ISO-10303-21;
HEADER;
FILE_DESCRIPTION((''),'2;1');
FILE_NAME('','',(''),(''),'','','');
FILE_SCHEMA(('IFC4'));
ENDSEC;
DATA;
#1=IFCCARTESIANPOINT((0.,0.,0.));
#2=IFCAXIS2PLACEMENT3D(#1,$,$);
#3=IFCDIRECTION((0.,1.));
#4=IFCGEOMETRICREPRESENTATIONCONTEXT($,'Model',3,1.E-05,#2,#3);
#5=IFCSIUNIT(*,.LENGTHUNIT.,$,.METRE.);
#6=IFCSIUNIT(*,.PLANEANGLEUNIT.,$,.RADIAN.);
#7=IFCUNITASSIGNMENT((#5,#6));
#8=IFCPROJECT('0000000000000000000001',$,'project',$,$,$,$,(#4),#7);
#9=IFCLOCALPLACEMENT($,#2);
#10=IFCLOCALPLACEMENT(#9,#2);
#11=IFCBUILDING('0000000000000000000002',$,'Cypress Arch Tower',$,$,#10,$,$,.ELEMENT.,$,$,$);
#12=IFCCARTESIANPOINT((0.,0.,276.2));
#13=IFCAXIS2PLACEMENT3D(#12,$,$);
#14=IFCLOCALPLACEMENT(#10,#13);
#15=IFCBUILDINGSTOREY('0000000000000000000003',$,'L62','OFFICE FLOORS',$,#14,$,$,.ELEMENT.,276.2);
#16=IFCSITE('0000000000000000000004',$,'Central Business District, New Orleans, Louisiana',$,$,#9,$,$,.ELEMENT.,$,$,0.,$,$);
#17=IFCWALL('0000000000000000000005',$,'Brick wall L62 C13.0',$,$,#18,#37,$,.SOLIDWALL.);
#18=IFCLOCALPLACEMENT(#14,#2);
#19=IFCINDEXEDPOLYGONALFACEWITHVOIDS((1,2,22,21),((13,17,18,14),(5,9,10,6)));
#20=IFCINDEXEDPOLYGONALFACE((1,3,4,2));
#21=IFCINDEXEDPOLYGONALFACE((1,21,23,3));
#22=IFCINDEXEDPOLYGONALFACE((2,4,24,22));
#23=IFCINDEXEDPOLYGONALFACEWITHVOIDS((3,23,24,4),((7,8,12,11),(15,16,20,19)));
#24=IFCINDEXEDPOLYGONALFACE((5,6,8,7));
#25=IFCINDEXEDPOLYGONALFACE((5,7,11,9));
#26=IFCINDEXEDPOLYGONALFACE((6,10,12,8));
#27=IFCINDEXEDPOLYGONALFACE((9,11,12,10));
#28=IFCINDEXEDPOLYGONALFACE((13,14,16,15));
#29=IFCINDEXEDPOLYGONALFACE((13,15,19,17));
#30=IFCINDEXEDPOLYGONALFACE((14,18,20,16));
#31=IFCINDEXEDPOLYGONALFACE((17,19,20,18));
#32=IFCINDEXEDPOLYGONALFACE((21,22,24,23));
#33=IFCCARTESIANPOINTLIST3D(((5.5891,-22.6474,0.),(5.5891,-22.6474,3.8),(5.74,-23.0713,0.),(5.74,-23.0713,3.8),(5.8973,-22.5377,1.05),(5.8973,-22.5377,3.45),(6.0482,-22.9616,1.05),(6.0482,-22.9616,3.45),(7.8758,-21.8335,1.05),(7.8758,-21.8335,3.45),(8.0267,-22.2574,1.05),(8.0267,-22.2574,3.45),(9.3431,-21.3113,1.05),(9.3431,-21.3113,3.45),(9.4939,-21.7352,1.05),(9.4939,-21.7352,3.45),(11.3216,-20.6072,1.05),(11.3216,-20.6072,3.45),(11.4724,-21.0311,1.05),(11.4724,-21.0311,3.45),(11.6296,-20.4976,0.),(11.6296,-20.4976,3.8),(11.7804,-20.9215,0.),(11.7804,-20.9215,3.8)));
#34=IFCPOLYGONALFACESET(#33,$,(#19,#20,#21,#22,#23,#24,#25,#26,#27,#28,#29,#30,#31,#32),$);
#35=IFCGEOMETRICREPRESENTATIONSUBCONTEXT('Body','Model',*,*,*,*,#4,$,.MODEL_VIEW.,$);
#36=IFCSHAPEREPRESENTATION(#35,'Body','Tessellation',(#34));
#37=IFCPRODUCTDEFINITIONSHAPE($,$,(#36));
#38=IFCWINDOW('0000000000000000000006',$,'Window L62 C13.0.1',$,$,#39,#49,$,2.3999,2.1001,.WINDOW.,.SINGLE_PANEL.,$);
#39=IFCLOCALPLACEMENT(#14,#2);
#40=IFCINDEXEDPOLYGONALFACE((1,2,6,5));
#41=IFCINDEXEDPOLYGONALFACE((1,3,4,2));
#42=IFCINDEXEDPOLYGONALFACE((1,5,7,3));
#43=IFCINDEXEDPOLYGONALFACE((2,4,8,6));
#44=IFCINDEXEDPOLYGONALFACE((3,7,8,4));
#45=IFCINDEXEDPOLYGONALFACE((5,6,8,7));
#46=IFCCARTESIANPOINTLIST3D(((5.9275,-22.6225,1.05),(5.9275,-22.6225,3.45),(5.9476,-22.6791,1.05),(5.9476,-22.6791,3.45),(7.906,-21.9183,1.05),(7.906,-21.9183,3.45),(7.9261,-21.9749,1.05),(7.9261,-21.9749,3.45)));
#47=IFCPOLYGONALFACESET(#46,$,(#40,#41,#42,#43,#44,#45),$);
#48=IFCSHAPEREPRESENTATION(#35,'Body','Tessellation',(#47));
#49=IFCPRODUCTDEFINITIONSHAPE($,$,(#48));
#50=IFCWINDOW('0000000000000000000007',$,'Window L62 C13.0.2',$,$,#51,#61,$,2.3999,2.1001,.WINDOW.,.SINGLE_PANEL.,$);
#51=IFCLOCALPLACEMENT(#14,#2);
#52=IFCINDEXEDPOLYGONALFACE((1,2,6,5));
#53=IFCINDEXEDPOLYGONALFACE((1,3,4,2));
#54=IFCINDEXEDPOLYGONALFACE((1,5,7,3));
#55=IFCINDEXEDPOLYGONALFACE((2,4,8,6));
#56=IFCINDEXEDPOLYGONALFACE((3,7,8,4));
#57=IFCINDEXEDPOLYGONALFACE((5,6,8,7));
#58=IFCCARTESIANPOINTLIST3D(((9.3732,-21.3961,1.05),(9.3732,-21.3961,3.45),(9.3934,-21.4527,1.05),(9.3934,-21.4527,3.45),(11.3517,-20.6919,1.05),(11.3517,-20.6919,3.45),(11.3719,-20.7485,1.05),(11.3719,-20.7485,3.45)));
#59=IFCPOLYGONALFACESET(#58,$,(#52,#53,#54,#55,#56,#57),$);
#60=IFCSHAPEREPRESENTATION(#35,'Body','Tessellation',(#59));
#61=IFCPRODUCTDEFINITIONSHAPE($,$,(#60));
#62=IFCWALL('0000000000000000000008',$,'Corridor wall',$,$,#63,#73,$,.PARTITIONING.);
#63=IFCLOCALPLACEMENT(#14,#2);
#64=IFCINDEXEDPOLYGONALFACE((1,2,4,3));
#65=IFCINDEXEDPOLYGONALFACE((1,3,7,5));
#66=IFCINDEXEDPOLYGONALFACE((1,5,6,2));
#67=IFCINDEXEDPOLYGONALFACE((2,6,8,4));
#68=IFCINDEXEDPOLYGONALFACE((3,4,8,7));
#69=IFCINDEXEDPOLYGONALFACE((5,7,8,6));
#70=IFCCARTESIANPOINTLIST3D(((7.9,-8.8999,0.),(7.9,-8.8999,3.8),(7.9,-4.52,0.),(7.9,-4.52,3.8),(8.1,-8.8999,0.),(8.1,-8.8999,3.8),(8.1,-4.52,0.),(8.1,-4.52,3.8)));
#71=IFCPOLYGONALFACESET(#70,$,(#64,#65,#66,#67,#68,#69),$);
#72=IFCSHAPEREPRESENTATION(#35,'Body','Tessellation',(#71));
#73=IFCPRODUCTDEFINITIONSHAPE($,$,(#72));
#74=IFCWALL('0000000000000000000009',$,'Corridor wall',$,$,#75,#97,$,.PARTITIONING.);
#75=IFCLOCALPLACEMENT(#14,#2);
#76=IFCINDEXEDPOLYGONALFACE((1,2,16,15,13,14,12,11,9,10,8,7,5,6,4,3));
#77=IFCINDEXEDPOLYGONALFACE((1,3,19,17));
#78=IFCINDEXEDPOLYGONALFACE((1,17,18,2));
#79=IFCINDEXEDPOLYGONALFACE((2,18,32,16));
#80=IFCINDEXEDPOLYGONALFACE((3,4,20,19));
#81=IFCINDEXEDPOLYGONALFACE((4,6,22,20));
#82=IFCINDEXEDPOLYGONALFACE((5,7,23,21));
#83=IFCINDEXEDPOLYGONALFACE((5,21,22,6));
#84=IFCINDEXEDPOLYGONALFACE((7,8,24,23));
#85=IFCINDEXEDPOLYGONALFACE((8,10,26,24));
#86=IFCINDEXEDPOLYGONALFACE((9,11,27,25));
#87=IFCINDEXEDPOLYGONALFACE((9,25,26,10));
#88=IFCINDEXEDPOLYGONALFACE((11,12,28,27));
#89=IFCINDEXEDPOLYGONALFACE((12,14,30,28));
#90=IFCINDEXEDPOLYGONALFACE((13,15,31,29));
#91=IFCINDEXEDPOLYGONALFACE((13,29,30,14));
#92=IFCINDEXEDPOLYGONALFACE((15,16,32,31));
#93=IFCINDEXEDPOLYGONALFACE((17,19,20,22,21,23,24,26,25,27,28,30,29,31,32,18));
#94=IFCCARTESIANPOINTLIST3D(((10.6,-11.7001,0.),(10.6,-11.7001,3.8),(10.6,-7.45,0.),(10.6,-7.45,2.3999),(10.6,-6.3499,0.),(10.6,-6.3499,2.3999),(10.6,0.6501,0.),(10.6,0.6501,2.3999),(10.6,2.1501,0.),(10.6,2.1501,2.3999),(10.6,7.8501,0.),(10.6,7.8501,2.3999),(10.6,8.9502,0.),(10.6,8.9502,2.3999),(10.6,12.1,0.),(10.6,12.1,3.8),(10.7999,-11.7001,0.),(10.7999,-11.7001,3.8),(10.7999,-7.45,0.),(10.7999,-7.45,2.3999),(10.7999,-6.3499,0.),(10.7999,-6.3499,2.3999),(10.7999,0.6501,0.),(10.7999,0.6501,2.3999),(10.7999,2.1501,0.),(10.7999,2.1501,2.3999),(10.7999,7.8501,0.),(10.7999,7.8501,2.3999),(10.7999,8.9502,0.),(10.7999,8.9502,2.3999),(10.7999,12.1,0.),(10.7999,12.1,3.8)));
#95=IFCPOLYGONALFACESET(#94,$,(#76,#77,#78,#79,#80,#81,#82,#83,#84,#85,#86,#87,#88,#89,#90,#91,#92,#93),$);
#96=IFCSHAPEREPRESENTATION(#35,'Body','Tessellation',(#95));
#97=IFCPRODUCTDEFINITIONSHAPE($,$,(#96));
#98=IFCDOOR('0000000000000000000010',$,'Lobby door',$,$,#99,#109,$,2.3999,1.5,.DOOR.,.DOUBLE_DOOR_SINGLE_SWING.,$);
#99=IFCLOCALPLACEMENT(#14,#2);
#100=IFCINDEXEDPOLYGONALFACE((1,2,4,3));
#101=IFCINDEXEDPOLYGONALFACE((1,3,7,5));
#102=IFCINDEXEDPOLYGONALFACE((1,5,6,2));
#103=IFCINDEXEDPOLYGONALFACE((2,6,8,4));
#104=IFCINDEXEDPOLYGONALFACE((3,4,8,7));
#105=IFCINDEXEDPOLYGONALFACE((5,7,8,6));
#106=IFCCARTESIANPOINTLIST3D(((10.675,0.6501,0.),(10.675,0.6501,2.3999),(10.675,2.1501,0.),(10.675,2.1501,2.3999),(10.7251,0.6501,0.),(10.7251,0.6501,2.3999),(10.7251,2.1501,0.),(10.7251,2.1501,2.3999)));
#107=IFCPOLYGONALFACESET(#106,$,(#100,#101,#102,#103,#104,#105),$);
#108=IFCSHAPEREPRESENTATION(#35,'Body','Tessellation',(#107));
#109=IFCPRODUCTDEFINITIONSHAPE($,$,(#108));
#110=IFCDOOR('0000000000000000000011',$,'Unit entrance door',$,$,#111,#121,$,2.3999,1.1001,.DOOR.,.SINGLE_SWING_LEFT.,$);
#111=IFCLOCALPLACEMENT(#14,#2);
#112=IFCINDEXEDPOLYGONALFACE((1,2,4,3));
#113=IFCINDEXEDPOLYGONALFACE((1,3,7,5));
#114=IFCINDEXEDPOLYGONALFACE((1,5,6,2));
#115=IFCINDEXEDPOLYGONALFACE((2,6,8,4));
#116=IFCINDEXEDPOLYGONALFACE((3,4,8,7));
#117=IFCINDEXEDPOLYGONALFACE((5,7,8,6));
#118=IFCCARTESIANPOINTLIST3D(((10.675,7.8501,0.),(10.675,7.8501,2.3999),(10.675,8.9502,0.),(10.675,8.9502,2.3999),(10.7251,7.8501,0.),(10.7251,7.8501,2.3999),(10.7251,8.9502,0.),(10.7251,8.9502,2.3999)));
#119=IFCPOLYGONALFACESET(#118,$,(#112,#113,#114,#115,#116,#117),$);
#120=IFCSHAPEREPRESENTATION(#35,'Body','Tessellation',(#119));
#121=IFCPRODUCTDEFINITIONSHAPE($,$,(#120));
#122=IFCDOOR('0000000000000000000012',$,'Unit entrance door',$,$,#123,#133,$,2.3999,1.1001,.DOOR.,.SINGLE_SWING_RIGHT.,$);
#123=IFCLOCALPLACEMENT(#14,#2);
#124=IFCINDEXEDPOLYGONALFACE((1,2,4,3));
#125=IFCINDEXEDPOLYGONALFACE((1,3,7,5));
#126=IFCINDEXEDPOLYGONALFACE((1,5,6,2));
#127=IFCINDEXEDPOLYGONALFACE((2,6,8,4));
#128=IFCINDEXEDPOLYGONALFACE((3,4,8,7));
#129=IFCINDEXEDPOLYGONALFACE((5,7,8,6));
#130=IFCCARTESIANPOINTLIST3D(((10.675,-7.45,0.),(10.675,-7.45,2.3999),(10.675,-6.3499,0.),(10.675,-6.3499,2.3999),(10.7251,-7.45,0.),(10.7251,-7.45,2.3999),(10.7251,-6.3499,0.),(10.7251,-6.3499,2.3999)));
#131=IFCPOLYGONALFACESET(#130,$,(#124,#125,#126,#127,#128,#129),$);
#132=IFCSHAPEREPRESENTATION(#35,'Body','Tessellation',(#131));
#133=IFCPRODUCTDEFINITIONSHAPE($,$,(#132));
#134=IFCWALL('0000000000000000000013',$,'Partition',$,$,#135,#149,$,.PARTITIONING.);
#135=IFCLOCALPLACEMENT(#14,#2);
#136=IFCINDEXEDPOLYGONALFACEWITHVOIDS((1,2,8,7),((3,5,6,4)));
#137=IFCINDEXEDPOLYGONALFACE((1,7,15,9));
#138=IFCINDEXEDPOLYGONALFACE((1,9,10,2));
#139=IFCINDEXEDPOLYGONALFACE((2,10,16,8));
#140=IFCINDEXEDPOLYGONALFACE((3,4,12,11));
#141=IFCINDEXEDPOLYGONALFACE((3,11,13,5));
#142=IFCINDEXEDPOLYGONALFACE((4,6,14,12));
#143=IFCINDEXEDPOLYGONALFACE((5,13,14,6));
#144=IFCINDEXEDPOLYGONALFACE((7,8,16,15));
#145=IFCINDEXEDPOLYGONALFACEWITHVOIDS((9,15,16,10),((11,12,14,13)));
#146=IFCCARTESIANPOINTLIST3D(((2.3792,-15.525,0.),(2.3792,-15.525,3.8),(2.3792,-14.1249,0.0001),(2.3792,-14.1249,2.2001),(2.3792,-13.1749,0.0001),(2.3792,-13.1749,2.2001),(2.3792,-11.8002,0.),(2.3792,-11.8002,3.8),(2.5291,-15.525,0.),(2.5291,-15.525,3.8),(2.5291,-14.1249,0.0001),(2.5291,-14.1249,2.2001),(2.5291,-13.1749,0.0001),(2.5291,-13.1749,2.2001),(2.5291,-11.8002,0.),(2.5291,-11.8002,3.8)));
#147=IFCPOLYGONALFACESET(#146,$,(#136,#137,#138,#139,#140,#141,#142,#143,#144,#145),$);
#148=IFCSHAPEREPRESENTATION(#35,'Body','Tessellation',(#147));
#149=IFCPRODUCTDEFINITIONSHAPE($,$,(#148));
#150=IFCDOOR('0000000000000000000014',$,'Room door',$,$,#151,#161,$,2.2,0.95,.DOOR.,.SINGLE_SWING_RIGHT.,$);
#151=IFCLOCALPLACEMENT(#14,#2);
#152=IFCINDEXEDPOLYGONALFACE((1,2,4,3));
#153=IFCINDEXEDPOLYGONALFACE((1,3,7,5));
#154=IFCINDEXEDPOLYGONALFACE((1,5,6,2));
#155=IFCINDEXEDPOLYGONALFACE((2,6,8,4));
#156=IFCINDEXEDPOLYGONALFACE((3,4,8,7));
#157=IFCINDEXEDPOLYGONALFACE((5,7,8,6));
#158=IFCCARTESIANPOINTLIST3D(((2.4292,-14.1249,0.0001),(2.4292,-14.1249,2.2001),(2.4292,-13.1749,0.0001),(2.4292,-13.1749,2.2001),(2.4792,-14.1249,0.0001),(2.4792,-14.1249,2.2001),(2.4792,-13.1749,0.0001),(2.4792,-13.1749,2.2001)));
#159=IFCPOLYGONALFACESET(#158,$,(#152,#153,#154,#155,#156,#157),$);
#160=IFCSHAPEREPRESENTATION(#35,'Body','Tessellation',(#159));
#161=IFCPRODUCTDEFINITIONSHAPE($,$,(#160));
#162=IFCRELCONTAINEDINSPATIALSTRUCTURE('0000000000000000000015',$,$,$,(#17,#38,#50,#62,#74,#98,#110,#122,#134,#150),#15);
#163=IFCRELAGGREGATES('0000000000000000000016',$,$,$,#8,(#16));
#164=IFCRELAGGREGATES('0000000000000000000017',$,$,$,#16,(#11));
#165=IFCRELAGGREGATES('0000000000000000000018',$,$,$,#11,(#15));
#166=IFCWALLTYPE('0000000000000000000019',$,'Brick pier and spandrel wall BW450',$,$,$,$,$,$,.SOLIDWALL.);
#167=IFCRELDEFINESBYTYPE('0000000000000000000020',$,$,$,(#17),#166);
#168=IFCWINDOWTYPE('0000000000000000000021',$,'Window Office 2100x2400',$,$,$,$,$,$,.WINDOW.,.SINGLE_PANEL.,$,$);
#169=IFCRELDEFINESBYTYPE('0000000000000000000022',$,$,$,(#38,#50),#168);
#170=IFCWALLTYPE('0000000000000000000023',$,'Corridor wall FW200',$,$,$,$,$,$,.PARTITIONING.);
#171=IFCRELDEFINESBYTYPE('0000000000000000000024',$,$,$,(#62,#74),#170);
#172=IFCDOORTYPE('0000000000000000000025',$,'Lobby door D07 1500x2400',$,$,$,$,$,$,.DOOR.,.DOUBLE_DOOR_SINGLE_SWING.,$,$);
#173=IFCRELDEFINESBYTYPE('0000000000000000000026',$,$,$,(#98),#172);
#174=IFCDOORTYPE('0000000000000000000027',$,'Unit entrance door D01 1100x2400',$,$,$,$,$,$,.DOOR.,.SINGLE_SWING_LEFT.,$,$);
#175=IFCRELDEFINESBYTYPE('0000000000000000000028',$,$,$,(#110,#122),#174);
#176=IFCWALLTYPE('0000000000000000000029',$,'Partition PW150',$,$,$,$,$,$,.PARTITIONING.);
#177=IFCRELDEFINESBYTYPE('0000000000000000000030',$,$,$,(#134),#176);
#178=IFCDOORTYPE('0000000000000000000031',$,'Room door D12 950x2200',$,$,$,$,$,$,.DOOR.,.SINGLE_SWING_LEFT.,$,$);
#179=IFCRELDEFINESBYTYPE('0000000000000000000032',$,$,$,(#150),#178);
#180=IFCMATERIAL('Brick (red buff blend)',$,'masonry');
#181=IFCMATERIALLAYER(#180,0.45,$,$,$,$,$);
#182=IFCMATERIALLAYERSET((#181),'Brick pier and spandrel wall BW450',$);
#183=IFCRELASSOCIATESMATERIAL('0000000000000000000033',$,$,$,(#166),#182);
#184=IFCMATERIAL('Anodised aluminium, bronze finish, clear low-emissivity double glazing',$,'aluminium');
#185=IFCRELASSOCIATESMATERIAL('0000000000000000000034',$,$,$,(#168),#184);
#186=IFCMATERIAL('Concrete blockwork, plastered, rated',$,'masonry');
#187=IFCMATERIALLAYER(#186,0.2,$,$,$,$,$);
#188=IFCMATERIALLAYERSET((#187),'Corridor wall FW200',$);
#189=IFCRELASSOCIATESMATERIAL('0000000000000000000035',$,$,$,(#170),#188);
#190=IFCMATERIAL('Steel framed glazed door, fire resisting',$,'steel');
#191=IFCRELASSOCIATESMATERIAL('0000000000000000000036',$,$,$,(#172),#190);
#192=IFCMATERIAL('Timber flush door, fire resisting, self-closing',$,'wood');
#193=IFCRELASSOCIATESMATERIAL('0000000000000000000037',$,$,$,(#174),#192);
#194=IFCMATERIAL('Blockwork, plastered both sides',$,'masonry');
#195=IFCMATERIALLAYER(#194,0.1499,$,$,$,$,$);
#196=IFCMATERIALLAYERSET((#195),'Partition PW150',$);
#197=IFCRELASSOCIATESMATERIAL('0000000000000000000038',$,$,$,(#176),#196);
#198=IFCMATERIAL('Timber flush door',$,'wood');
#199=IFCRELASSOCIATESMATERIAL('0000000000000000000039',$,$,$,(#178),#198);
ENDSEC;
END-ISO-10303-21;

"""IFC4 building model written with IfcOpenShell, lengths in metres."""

from ifc_helpers import new_model, si_unit, direction, frame, frame_2d, origin, place, context, subcontext, project, spatial, rectangle, extrude, material, layer, layer_set, type_object, element, fill, save


model = new_model("IFC4")

# Units and contexts
model_context = context("Model", 3, precision=1e-05, world=origin(), true_north=direction((0.0, 1.0)))
body_context = subcontext(model_context, "Body", "Model", "MODEL_VIEW")
ifc_project = project(units=[si_unit("LENGTHUNIT", "METRE"), si_unit("PLANEANGLEUNIT", "RADIAN")], contexts=[model_context])

# Site, building, storey
site_placement = place(None, origin())
site = spatial("IfcSite", under=ifc_project, at=site_placement, Name="Central Business District, New Orleans, Louisiana", CompositionType="ELEMENT", RefElevation=0.0)
building_placement = place(site_placement, origin())
building = spatial("IfcBuilding", under=site, at=building_placement, Name="Cypress Arch Tower", CompositionType="ELEMENT")
storey_placement = place(building_placement, frame((0.0, 0.0, 276.2)))
storey = spatial("IfcBuildingStorey", under=building, at=storey_placement, Name="L62", Description="OFFICE FLOORS", CompositionType="ELEMENT", Elevation=276.2)

# Wall, openings, windows
ifc_material_1 = material(Name="Brick (red buff blend)", Category="masonry")
ifc_layer_1 = layer(ifc_material_1, 0.45)
ifc_layer_set_1 = layer_set([ifc_layer_1], Name="Brick pier and spandrel wall BW450")
wall_type_1 = type_object("IfcWallType", Name="Brick pier and spandrel wall BW450", PredefinedType="SOLIDWALL", material=ifc_layer_set_1)
wall_1_placement = place(storey_placement, frame((5.6646, -22.8594, 0.0), z_axis=(0.0, 0.0, 1.0), x_axis=(0.942108, 0.335309, 0.0)))
wall_1 = element("IfcWall", 1, at=wall_1_placement, inside=storey, type_object=wall_type_1, Name="Brick wall L62 C13.0", PredefinedType="SOLIDWALL", context=body_context, shape_type="SweptSolid", body=[
    extrude(rectangle(XDim=6.4116, YDim=0.45, at=frame_2d((3.2058, 0.0))), origin(), (0.0, 0.0, 1.0), 3.8),
])
opening_1_placement = place(wall_1_placement, frame((0.3271, 0.0, 1.05)))
opening_1 = element("IfcOpeningElement", 2, at=opening_1_placement, cuts=wall_1, PredefinedType="OPENING", context=body_context, shape_type="SweptSolid", body=[
    extrude(rectangle(XDim=2.1001, YDim=2.3999, at=frame_2d((1.05, 1.2))), frame((0.0, 0.2349, 0.0), z_axis=(0.0, -1.0, 0.0), x_axis=(1.0, 0.0, 0.0)), (0.0, 0.0, 1.0), 0.47),
])
opening_2_placement = place(wall_1_placement, frame((3.9846, 0.0, 1.05)))
opening_2 = element("IfcOpeningElement", 3, at=opening_2_placement, cuts=wall_1, PredefinedType="OPENING", context=body_context, shape_type="SweptSolid", body=[
    extrude(rectangle(XDim=2.1001, YDim=2.3999, at=frame_2d((1.05, 1.2))), frame((0.0, 0.2349, 0.0), z_axis=(0.0, -1.0, 0.0), x_axis=(1.0, 0.0, 0.0)), (0.0, 0.0, 1.0), 0.47),
])
ifc_material_2 = material(Name="Anodised aluminium, bronze finish, clear low-emissivity double glazing", Category="aluminium")
window_type = type_object("IfcWindowType", Name="Window Office 2100x2400", PartitioningType="SINGLE_PANEL", PredefinedType="WINDOW", material=ifc_material_2)
window_1_placement = place(opening_1_placement, origin())
window_1 = element("IfcWindow", 4, at=window_1_placement, inside=storey, type_object=window_type, Name="Window L62 C13.0.1", OverallHeight=2.3999, OverallWidth=2.1001, PartitioningType="SINGLE_PANEL", PredefinedType="WINDOW", context=body_context, shape_type="SweptSolid", body=[
    extrude(rectangle(XDim=2.1001, YDim=2.3999, at=frame_2d((1.05, 1.2))), frame((0.0, 0.135, 0.0), z_axis=(0.0, -1.0, 0.0), x_axis=(1.0, 0.0, 0.0)), (0.0, 0.0, 1.0), 0.0601),
])
fill(opening_1, window_1)
window_2_placement = place(opening_2_placement, origin())
window_2 = element("IfcWindow", 5, at=window_2_placement, inside=storey, type_object=window_type, Name="Window L62 C13.0.2", OverallHeight=2.3999, OverallWidth=2.1001, PartitioningType="SINGLE_PANEL", PredefinedType="WINDOW", context=body_context, shape_type="SweptSolid", body=[
    extrude(rectangle(XDim=2.1001, YDim=2.3999, at=frame_2d((1.05, 1.2))), frame((0.0, 0.135, 0.0), z_axis=(0.0, -1.0, 0.0), x_axis=(1.0, 0.0, 0.0)), (0.0, 0.0, 1.0), 0.0601),
])
fill(opening_2, window_2)

# Wall
ifc_material_3 = material(Name="Concrete blockwork, plastered, rated", Category="masonry")
ifc_layer_2 = layer(ifc_material_3, 0.2)
ifc_layer_set_2 = layer_set([ifc_layer_2], Name="Corridor wall FW200")
wall_type_2 = type_object("IfcWallType", Name="Corridor wall FW200", PredefinedType="PARTITIONING", material=ifc_layer_set_2)
wall_2_placement = place(storey_placement, frame((8.0, -8.8999, 0.0), z_axis=(0.0, 0.0, 1.0), x_axis=(0.0, 1.0, 0.0)))
element("IfcWall", 6, at=wall_2_placement, inside=storey, type_object=wall_type_2, Name="Corridor wall", PredefinedType="PARTITIONING", context=body_context, shape_type="SweptSolid", body=[
    extrude(rectangle(XDim=4.3799, YDim=0.2, at=frame_2d((2.1899, 0.0))), origin(), (0.0, 0.0, 1.0), 3.8),
])

# Wall, openings, doors
wall_3_placement = place(storey_placement, frame((10.7, -11.7, 0.0), z_axis=(0.0, 0.0, 1.0), x_axis=(0.0, 1.0, 0.0)))
wall_3 = element("IfcWall", 7, at=wall_3_placement, inside=storey, type_object=wall_type_2, Name="Corridor wall", PredefinedType="PARTITIONING", context=body_context, shape_type="SweptSolid", body=[
    extrude(rectangle(XDim=23.8, YDim=0.2, at=frame_2d((11.8999, 0.0))), origin(), (0.0, 0.0, 1.0), 3.8),
])
opening_3_placement = place(wall_3_placement, frame((12.3501, 0.0, 0.0)))
opening_3 = element("IfcOpeningElement", 8, at=opening_3_placement, cuts=wall_3, PredefinedType="OPENING", context=body_context, shape_type="SweptSolid", body=[
    extrude(rectangle(XDim=1.5, YDim=2.3999, at=frame_2d((0.75, 1.2))), frame((0.0, 0.1099, 0.0), z_axis=(0.0, -1.0, 0.0), x_axis=(1.0, 0.0, 0.0)), (0.0, 0.0, 1.0), 0.22),
])
opening_4_placement = place(wall_3_placement, frame((19.55, 0.0, 0.0)))
opening_4 = element("IfcOpeningElement", 9, at=opening_4_placement, cuts=wall_3, PredefinedType="OPENING", context=body_context, shape_type="SweptSolid", body=[
    extrude(rectangle(XDim=1.1001, YDim=2.3999, at=frame_2d((0.55, 1.2))), frame((0.0, 0.1099, 0.0), z_axis=(0.0, -1.0, 0.0), x_axis=(1.0, 0.0, 0.0)), (0.0, 0.0, 1.0), 0.22),
])
opening_5_placement = place(wall_3_placement, frame((4.25, 0.0, 0.0)))
opening_5 = element("IfcOpeningElement", 10, at=opening_5_placement, cuts=wall_3, PredefinedType="OPENING", context=body_context, shape_type="SweptSolid", body=[
    extrude(rectangle(XDim=1.1001, YDim=2.3999, at=frame_2d((0.55, 1.2))), frame((0.0, 0.1099, 0.0), z_axis=(0.0, -1.0, 0.0), x_axis=(1.0, 0.0, 0.0)), (0.0, 0.0, 1.0), 0.22),
])
ifc_material_4 = material(Name="Steel framed glazed door, fire resisting", Category="steel")
door_type_1 = type_object("IfcDoorType", Name="Lobby door D07 1500x2400", OperationType="DOUBLE_DOOR_SINGLE_SWING", PredefinedType="DOOR", material=ifc_material_4)
door_1_placement = place(opening_3_placement, origin())
door_1 = element("IfcDoor", 11, at=door_1_placement, inside=storey, type_object=door_type_1, Name="Lobby door", OperationType="DOUBLE_DOOR_SINGLE_SWING", OverallHeight=2.3999, OverallWidth=1.5, PredefinedType="DOOR", context=body_context, shape_type="SweptSolid", body=[
    extrude(rectangle(XDim=1.5, YDim=2.3999, at=frame_2d((0.75, 1.2))), frame((0.0, 0.0249, 0.0), z_axis=(0.0, -1.0, 0.0), x_axis=(1.0, 0.0, 0.0)), (0.0, 0.0, 1.0), 0.05),
])
fill(opening_3, door_1)
ifc_material_5 = material(Name="Timber flush door, fire resisting, self-closing", Category="wood")
door_type_2 = type_object("IfcDoorType", Name="Unit entrance door D01 1100x2400", OperationType="SINGLE_SWING_LEFT", PredefinedType="DOOR", material=ifc_material_5)
door_2_placement = place(opening_4_placement, origin())
door_2 = element("IfcDoor", 12, at=door_2_placement, inside=storey, type_object=door_type_2, Name="Unit entrance door", OperationType="SINGLE_SWING_LEFT", OverallHeight=2.3999, OverallWidth=1.1001, PredefinedType="DOOR", context=body_context, shape_type="SweptSolid", body=[
    extrude(rectangle(XDim=1.1001, YDim=2.3999, at=frame_2d((0.55, 1.2))), frame((0.0, 0.0249, 0.0), z_axis=(0.0, -1.0, 0.0), x_axis=(1.0, 0.0, 0.0)), (0.0, 0.0, 1.0), 0.05),
])
fill(opening_4, door_2)
door_3_placement = place(opening_5_placement, origin())
door_3 = element("IfcDoor", 13, at=door_3_placement, inside=storey, type_object=door_type_2, Name="Unit entrance door", OperationType="SINGLE_SWING_RIGHT", OverallHeight=2.3999, OverallWidth=1.1001, PredefinedType="DOOR", context=body_context, shape_type="SweptSolid", body=[
    extrude(rectangle(XDim=1.1001, YDim=2.3999, at=frame_2d((0.55, 1.2))), frame((0.0, 0.0249, 0.0), z_axis=(0.0, -1.0, 0.0), x_axis=(1.0, 0.0, 0.0)), (0.0, 0.0, 1.0), 0.05),
])
fill(opening_5, door_3)

# Wall, opening, door
ifc_material_6 = material(Name="Blockwork, plastered both sides", Category="masonry")
ifc_layer_3 = layer(ifc_material_6, 0.1499)
ifc_layer_set_3 = layer_set([ifc_layer_3], Name="Partition PW150")
wall_type_3 = type_object("IfcWallType", Name="Partition PW150", PredefinedType="PARTITIONING", material=ifc_layer_set_3)
wall_4_placement = place(storey_placement, frame((2.4541, -15.5249, 0.0), z_axis=(0.0, 0.0, 1.0), x_axis=(0.0, 1.0, 0.0)))
wall_4 = element("IfcWall", 14, at=wall_4_placement, inside=storey, type_object=wall_type_3, Name="Partition", PredefinedType="PARTITIONING", context=body_context, shape_type="SweptSolid", body=[
    extrude(rectangle(XDim=3.7249, YDim=0.1499, at=frame_2d((1.8623, 0.0))), origin(), (0.0, 0.0, 1.0), 3.8),
])
opening_6_placement = place(wall_4_placement, frame((1.3999, 0.0, 0.0)))
opening_6 = element("IfcOpeningElement", 15, at=opening_6_placement, cuts=wall_4, PredefinedType="OPENING", context=body_context, shape_type="SweptSolid", body=[
    extrude(rectangle(XDim=0.95, YDim=2.2, at=frame_2d((0.4751, 1.1001))), frame((0.0, 0.085, 0.0), z_axis=(0.0, -1.0, 0.0), x_axis=(1.0, 0.0, 0.0)), (0.0, 0.0, 1.0), 0.1699),
])
ifc_material_7 = material(Name="Timber flush door", Category="wood")
door_type_3 = type_object("IfcDoorType", Name="Room door D12 950x2200", OperationType="SINGLE_SWING_LEFT", PredefinedType="DOOR", material=ifc_material_7)
door_4_placement = place(opening_6_placement, origin())
door_4 = element("IfcDoor", 16, at=door_4_placement, inside=storey, type_object=door_type_3, Name="Room door", OperationType="SINGLE_SWING_RIGHT", OverallHeight=2.2, OverallWidth=0.95, PredefinedType="DOOR", context=body_context, shape_type="SweptSolid", body=[
    extrude(rectangle(XDim=0.95, YDim=2.2, at=frame_2d((0.4751, 1.1001))), frame((0.0, 0.0249, 0.0), z_axis=(0.0, -1.0, 0.0), x_axis=(1.0, 0.0, 0.0)), (0.0, 0.0, 1.0), 0.05),
])
fill(opening_6, door_4)

save(model, "model.ifc")
